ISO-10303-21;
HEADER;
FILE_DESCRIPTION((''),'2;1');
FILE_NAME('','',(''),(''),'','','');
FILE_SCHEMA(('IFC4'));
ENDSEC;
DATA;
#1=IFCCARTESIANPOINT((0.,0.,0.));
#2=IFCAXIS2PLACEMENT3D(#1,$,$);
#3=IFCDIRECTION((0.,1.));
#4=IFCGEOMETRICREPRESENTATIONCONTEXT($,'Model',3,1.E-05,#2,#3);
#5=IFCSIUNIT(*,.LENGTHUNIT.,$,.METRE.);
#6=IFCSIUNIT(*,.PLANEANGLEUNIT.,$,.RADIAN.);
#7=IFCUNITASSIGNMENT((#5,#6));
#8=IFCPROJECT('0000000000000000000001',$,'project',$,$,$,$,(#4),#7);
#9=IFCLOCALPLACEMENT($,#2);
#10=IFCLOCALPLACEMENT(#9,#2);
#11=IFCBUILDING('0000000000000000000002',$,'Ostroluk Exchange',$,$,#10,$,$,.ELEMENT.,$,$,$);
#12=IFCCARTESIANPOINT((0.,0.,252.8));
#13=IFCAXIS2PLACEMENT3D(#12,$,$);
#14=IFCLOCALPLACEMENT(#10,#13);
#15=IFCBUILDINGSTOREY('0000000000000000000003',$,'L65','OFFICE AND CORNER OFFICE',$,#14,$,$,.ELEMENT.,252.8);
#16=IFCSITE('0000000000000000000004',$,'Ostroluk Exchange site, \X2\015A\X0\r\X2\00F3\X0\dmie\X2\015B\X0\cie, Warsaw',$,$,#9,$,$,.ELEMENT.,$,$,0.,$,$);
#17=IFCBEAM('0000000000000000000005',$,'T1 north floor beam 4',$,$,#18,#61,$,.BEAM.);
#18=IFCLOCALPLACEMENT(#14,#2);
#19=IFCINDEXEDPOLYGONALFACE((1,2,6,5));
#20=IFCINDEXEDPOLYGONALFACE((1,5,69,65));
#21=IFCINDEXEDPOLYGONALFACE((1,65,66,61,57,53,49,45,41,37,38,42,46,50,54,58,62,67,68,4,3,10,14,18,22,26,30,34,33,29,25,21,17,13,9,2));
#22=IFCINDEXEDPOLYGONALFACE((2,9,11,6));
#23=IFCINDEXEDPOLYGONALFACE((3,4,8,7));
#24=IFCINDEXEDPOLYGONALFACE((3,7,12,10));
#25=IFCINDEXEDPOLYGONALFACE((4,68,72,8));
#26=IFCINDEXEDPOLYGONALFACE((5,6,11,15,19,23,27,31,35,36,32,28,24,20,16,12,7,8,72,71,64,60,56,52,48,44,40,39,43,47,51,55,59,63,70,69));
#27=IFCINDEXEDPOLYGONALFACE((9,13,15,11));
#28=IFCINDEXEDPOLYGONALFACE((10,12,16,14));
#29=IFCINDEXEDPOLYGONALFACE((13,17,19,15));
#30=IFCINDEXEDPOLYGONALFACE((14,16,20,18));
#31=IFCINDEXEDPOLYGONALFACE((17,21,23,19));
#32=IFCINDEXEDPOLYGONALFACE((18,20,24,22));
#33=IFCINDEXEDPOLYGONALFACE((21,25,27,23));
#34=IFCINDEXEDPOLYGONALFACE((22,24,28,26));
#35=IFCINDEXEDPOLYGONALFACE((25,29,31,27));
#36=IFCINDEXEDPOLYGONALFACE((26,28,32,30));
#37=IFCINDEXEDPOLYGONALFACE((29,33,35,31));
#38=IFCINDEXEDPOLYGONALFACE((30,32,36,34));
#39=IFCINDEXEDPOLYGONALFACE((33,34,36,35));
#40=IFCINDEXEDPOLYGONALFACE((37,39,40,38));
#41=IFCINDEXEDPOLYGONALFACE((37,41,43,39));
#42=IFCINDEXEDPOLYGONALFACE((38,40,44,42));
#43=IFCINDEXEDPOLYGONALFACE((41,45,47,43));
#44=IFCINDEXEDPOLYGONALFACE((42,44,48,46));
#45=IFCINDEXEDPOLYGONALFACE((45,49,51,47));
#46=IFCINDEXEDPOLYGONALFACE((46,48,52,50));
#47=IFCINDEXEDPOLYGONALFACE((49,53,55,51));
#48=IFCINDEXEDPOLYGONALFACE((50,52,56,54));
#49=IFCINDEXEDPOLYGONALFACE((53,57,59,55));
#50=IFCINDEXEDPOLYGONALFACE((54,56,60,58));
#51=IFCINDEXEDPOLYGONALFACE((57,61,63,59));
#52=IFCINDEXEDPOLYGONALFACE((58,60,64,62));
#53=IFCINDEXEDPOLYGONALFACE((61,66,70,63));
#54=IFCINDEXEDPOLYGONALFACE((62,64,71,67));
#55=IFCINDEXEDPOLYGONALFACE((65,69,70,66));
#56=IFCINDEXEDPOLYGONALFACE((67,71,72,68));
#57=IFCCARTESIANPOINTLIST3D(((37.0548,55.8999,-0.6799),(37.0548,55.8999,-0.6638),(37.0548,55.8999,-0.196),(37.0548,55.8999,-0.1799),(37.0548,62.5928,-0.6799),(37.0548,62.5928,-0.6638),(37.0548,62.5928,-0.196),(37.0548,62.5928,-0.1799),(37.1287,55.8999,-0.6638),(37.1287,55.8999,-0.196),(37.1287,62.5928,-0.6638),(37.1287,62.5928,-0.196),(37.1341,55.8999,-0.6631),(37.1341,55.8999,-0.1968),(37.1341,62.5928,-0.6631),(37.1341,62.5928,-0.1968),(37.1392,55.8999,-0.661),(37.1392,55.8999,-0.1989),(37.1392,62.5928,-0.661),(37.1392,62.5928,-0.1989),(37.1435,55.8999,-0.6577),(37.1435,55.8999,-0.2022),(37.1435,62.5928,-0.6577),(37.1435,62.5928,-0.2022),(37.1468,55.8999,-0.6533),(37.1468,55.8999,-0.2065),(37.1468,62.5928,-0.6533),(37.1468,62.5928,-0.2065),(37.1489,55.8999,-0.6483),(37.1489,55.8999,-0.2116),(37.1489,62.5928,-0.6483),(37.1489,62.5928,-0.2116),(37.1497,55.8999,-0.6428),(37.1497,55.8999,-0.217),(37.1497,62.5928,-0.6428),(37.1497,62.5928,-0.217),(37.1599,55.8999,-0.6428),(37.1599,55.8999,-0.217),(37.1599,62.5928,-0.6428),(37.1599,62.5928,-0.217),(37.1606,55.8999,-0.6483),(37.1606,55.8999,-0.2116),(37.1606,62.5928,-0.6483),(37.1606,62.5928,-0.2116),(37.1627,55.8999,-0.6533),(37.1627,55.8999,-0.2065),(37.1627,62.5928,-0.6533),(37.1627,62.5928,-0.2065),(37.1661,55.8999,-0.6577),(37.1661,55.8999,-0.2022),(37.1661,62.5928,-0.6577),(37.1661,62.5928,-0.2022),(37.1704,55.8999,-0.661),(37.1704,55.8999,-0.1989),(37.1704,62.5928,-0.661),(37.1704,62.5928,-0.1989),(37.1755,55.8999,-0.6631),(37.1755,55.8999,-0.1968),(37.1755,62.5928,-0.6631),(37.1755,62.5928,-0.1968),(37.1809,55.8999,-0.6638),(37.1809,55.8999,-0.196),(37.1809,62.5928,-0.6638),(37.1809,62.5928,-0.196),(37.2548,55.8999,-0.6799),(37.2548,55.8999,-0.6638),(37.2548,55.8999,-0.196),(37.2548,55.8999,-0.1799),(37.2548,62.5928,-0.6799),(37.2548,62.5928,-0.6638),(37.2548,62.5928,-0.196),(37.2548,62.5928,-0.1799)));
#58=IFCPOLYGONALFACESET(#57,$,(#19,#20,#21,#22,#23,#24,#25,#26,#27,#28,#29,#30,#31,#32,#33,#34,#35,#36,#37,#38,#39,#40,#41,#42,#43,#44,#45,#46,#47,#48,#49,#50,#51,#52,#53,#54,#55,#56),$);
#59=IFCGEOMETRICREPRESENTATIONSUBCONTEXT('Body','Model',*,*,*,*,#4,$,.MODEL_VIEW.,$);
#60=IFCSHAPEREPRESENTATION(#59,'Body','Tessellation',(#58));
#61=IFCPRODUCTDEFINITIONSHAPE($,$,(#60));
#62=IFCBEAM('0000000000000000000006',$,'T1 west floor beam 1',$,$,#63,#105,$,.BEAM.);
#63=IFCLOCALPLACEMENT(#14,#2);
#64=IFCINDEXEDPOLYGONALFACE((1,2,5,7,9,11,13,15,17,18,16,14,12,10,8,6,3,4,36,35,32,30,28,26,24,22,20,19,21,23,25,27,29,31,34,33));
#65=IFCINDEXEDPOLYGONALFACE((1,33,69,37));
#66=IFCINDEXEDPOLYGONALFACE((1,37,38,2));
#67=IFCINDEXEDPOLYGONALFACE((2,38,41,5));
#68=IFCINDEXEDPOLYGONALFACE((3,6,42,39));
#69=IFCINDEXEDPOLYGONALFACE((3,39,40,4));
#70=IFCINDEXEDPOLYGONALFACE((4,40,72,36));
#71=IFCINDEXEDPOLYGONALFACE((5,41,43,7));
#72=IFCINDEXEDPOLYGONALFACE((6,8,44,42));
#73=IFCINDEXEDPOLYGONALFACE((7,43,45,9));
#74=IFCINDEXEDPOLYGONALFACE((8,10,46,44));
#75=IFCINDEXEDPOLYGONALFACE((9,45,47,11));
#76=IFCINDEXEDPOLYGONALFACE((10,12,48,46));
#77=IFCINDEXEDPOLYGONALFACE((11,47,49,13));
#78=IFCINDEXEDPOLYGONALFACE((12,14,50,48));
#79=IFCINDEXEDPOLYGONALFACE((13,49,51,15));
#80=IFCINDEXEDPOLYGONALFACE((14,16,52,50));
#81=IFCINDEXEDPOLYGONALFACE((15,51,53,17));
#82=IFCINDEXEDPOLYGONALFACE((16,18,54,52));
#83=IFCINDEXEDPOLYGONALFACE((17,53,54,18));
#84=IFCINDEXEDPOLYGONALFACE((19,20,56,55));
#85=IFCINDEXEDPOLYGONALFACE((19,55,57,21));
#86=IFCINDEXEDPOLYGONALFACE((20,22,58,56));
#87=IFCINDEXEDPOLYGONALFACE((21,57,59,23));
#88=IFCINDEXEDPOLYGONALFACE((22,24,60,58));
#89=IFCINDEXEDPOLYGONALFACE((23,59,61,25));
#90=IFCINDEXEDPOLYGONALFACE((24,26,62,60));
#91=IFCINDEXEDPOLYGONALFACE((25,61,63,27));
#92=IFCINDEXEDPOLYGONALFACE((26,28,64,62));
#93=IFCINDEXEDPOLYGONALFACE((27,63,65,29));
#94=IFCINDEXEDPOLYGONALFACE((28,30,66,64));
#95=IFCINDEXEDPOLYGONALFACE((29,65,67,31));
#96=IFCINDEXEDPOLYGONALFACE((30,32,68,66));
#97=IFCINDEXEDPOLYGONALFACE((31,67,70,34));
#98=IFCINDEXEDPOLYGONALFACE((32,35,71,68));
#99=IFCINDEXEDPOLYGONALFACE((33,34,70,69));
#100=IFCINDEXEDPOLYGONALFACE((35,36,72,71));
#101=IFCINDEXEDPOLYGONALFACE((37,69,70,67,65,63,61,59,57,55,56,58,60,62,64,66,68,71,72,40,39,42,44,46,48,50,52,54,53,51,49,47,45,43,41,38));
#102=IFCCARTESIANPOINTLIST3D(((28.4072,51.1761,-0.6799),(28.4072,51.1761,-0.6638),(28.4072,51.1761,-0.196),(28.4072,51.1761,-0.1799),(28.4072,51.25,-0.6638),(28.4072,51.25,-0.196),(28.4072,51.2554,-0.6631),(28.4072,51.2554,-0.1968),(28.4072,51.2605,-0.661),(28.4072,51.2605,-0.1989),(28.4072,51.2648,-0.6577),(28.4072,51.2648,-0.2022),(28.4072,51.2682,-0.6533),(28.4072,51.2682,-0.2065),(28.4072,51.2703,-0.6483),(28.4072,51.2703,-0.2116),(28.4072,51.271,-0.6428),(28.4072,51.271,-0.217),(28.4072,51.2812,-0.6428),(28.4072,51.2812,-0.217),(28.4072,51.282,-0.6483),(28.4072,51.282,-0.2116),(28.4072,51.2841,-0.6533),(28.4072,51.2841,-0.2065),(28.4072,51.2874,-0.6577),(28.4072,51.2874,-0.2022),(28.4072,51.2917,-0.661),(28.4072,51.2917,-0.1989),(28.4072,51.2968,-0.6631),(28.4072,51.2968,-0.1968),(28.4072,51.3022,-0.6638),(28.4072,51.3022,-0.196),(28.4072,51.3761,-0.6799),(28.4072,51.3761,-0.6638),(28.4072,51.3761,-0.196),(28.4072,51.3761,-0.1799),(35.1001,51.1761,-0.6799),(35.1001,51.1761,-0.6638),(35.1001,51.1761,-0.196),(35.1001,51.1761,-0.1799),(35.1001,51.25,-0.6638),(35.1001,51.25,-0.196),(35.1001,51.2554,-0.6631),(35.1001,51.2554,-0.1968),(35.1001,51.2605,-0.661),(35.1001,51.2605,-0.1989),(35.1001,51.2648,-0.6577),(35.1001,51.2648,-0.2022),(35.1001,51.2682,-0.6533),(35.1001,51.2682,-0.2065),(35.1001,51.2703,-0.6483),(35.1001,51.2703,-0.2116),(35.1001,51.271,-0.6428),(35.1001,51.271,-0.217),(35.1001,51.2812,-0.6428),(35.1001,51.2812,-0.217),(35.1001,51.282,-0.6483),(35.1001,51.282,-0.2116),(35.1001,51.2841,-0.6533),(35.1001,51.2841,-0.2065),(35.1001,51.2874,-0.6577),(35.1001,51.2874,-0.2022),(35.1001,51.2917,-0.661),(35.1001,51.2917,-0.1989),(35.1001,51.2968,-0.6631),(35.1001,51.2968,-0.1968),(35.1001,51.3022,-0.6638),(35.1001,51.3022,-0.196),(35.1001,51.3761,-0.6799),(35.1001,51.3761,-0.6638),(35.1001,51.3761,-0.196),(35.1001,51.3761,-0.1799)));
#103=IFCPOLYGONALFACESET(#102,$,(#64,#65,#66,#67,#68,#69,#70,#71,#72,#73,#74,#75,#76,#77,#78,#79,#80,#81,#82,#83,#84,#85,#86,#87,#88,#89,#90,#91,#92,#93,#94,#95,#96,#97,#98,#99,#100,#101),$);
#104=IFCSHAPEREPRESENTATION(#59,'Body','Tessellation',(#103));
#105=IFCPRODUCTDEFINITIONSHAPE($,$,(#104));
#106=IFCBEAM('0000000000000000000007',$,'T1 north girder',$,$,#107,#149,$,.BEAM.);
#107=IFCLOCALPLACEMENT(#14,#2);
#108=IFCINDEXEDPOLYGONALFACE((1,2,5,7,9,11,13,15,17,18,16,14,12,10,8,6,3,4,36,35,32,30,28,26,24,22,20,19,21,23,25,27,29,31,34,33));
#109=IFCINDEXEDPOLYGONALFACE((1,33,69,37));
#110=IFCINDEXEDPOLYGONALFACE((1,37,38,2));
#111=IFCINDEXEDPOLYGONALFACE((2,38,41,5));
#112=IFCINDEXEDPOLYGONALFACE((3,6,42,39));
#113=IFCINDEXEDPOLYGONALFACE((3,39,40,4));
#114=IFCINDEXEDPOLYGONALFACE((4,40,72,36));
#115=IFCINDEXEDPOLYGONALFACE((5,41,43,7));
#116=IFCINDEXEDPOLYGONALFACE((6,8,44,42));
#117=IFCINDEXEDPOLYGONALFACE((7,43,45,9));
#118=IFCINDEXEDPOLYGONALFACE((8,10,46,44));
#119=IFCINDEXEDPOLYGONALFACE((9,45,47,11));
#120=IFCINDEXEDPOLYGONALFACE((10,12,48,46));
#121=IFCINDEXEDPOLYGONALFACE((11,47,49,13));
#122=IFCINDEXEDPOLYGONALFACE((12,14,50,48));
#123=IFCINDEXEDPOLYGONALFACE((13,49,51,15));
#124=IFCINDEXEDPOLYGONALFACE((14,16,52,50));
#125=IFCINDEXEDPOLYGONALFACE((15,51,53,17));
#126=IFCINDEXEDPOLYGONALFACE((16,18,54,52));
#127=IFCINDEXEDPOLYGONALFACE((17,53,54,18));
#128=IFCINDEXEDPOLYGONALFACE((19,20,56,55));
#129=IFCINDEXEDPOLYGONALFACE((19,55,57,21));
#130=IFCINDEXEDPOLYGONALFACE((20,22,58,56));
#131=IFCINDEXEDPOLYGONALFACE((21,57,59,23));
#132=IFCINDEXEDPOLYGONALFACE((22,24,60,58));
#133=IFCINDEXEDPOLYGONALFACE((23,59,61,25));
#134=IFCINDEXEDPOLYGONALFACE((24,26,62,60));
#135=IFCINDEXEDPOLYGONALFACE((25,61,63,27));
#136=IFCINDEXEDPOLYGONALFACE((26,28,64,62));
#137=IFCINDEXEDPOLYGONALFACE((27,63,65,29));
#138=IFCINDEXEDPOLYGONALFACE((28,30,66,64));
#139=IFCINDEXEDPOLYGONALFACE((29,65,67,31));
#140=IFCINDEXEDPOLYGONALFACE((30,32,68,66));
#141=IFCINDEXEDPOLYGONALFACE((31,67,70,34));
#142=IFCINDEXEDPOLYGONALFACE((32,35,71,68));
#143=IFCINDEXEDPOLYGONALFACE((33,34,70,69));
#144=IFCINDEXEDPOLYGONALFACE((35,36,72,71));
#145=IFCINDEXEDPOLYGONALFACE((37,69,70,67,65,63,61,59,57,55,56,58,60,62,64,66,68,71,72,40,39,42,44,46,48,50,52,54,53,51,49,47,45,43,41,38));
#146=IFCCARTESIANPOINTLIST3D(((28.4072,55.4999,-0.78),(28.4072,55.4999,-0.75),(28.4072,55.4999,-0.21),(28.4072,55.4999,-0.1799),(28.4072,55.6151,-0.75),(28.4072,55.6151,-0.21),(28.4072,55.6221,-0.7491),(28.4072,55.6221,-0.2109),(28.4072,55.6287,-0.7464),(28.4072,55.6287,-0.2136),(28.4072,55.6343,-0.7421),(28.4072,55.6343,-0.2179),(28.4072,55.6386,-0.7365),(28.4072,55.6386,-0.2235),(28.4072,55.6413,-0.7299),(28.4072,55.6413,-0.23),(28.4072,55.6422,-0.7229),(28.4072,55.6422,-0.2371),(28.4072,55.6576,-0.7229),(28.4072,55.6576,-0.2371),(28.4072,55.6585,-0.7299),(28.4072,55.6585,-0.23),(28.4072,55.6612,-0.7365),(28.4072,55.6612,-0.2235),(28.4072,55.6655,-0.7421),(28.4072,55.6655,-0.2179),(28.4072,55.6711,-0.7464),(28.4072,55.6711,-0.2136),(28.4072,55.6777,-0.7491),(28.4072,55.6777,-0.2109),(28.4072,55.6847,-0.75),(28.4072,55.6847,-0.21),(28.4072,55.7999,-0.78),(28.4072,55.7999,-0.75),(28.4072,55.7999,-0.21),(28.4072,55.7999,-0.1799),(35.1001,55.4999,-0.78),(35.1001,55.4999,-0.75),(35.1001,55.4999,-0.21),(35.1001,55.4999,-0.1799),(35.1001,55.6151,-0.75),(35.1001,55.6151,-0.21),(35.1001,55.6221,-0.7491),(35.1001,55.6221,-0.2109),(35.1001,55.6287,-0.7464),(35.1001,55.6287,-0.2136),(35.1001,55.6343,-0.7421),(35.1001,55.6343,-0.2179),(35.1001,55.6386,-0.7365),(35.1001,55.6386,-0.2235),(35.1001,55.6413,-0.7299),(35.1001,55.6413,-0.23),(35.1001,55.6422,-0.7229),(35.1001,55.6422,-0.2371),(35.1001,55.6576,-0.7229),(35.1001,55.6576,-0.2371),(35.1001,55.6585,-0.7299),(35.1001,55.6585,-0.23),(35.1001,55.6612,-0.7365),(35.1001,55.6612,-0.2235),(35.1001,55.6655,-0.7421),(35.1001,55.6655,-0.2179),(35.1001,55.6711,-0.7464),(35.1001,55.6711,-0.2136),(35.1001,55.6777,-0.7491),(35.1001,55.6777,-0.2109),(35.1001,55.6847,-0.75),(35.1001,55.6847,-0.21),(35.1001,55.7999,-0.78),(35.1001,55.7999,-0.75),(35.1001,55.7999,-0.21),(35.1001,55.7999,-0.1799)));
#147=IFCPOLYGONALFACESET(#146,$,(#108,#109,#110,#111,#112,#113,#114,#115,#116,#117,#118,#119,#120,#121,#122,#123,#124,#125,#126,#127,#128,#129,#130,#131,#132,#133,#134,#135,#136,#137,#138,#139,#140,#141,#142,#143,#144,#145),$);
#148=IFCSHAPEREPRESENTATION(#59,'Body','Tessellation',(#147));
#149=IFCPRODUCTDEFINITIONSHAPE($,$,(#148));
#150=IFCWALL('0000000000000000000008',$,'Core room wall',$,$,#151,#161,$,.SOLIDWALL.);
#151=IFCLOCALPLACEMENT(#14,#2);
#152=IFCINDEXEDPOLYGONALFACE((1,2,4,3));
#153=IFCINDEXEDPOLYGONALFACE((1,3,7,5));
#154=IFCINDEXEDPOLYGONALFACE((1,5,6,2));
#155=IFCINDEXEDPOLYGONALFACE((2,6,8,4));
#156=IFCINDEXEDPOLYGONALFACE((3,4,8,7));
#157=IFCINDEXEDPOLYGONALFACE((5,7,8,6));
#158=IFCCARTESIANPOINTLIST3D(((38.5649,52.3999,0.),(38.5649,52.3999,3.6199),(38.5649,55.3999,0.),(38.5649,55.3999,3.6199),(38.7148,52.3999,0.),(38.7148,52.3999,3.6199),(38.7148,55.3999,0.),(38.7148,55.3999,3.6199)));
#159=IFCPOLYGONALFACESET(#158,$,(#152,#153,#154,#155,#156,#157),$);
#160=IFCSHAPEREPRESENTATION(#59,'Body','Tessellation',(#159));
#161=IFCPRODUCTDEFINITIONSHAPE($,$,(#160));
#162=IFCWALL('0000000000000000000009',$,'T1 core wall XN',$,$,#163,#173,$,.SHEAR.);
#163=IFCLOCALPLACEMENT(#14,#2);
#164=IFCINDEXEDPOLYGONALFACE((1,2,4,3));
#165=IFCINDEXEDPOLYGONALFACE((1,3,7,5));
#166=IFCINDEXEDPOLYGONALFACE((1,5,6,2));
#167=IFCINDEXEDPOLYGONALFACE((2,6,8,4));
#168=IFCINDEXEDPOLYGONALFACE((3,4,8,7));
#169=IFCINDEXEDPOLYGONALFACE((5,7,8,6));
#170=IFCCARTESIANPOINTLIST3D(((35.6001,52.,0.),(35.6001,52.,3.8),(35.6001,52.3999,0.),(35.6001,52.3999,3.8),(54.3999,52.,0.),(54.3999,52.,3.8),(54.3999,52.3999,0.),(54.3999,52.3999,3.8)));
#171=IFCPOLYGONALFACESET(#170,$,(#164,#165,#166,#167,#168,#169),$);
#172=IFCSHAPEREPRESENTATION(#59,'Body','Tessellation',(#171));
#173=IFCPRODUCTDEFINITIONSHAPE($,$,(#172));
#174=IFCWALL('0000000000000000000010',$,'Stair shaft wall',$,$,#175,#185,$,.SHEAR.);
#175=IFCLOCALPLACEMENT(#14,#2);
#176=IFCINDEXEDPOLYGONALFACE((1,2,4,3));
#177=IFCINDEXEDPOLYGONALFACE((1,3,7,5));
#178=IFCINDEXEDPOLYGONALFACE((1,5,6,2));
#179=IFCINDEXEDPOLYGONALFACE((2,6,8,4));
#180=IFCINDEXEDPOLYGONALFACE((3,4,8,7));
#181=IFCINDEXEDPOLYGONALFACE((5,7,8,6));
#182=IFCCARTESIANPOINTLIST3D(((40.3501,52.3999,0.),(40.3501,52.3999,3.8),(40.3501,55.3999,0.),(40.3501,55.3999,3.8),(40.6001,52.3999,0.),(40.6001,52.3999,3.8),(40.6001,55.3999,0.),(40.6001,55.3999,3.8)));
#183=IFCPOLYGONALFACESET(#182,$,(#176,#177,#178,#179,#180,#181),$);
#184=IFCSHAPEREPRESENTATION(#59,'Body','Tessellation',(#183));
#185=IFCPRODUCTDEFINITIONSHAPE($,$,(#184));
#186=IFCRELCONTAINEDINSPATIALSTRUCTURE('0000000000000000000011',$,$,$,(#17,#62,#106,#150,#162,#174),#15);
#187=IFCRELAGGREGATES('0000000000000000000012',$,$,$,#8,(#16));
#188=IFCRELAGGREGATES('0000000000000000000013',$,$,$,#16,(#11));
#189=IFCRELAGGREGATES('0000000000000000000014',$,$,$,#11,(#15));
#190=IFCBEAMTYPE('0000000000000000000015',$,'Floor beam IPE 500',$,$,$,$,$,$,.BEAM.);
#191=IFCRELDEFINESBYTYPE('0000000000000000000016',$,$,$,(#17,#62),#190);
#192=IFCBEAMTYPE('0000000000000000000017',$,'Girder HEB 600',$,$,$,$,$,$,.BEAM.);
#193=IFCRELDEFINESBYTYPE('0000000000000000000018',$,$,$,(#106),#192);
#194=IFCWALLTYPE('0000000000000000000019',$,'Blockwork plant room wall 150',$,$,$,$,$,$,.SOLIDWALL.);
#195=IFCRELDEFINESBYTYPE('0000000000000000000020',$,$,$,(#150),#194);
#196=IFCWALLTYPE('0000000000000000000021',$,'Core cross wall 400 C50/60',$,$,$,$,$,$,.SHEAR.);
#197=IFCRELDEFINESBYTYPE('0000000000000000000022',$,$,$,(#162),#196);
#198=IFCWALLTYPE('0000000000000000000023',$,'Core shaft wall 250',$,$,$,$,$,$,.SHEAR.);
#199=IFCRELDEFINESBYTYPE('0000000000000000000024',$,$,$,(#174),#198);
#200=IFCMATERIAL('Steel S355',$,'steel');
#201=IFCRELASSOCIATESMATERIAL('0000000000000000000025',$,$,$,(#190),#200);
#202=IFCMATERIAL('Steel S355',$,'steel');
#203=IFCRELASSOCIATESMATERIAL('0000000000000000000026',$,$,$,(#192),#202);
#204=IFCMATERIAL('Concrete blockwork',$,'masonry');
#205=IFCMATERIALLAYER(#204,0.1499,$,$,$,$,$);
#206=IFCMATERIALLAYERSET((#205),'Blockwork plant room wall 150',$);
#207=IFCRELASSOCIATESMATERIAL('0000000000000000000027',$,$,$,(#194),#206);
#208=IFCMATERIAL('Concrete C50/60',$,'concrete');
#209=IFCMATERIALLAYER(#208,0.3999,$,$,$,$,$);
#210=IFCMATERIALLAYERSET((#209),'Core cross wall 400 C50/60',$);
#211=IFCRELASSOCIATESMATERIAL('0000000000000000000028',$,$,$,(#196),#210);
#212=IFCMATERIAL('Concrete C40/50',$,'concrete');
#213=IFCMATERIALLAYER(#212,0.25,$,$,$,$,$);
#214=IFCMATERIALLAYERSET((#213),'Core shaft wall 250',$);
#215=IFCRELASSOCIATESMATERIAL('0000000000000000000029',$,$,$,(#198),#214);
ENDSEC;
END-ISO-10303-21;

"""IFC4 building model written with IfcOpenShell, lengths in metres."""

from ifc_helpers import new_model, si_unit, direction, frame, frame_2d, origin, origin_2d, place, context, subcontext, project, spatial, rectangle, i_section, extrude, material, layer, layer_set, material_profile, profile_set, type_object, element, save


model = new_model("IFC4")

# Units and contexts
model_context = context("Model", 3, precision=1e-05, world=origin(), true_north=direction((0.0, 1.0)))
body_context = subcontext(model_context, "Body", "Model", "MODEL_VIEW")
ifc_project = project(units=[si_unit("LENGTHUNIT", "METRE"), si_unit("PLANEANGLEUNIT", "RADIAN")], contexts=[model_context])

# Site, building, storey
site_placement = place(None, origin())
site = spatial("IfcSite", under=ifc_project, at=site_placement, Name="Ostroluk Exchange site, Śródmieście, Warsaw", CompositionType="ELEMENT", RefElevation=0.0)
building_placement = place(site_placement, origin())
building = spatial("IfcBuilding", under=site, at=building_placement, Name="Ostroluk Exchange", CompositionType="ELEMENT")
storey_placement = place(building_placement, frame((0.0, 0.0, 252.8)))
storey = spatial("IfcBuildingStorey", under=building, at=storey_placement, Name="L65", Description="OFFICE AND CORNER OFFICE", CompositionType="ELEMENT", Elevation=252.8)

# Beams
ifc_material_1 = material(Name="Steel S355", Category="steel")
ifc_material_profile_1 = material_profile(ifc_material_1, i_section(OverallWidth=0.2, OverallDepth=0.5, WebThickness=0.0103, FlangeThickness=0.0161, FilletRadius=0.021, at=origin_2d()), Name="IPE 500")
ifc_profile_set_1 = profile_set([ifc_material_profile_1], Name="Steel S355")
beam_type_1 = type_object("IfcBeamType", Name="Floor beam IPE 500", PredefinedType="BEAM", material=ifc_profile_set_1)
for number, where, z_axis, x_axis, name in (
    (1, (37.1548, 55.8999, -0.4299), (0.0, 1.0, 0.0), (-1.0, 0.0, 0.0), "T1 north floor beam 4"),
    (2, (35.1001, 51.2761, -0.4299), (-1.0, 0.0, 0.0), (0.0, -1.0, 0.0), "T1 west floor beam 1"),
):
    element("IfcBeam", number, at=place(storey_placement, frame(where, z_axis=z_axis, x_axis=x_axis)), inside=storey, type_object=beam_type_1, Name=name, PredefinedType="BEAM", context=body_context, shape_type="SweptSolid", body=[
        extrude(i_section(OverallWidth=0.2, OverallDepth=0.5, WebThickness=0.0103, FlangeThickness=0.0161, FilletRadius=0.021, at=origin_2d()), origin(), (0.0, 0.0, 1.0), 6.6929),
    ])
ifc_material_2 = material(Name="Steel S355", Category="steel")
ifc_material_profile_2 = material_profile(ifc_material_2, i_section(OverallWidth=0.3, OverallDepth=0.6001, WebThickness=0.0154, FlangeThickness=0.03, FilletRadius=0.0271, at=origin_2d()), Name="HEB 600")
ifc_profile_set_2 = profile_set([ifc_material_profile_2], Name="Steel S355")
beam_type_2 = type_object("IfcBeamType", Name="Girder HEB 600", PredefinedType="BEAM", material=ifc_profile_set_2)
beam_placement = place(storey_placement, frame((35.1001, 55.6499, -0.48), z_axis=(-1.0, 0.0, 0.0), x_axis=(0.0, -1.0, 0.0)))
element("IfcBeam", 3, at=beam_placement, inside=storey, type_object=beam_type_2, Name="T1 north girder", PredefinedType="BEAM", context=body_context, shape_type="SweptSolid", body=[
    extrude(i_section(OverallWidth=0.3, OverallDepth=0.6001, WebThickness=0.0154, FlangeThickness=0.03, FilletRadius=0.0271, at=origin_2d()), origin(), (0.0, 0.0, 1.0), 6.6929),
])

# Walls
ifc_material_3 = material(Name="Concrete blockwork", Category="masonry")
ifc_layer_1 = layer(ifc_material_3, 0.1499)
ifc_layer_set_1 = layer_set([ifc_layer_1], Name="Blockwork plant room wall 150")
wall_type_1 = type_object("IfcWallType", Name="Blockwork plant room wall 150", PredefinedType="SOLIDWALL", material=ifc_layer_set_1)
wall_1_placement = place(storey_placement, frame((38.6399, 52.3999, 0.0), z_axis=(0.0, 0.0, 1.0), x_axis=(0.0, 1.0, 0.0)))
element("IfcWall", 4, at=wall_1_placement, inside=storey, type_object=wall_type_1, Name="Core room wall", PredefinedType="SOLIDWALL", context=body_context, shape_type="SweptSolid", body=[
    extrude(rectangle(XDim=3.0, YDim=0.1499, at=frame_2d((1.5, 0.0))), origin(), (0.0, 0.0, 1.0), 3.6199),
])
ifc_material_4 = material(Name="Concrete C50/60", Category="concrete")
ifc_layer_2 = layer(ifc_material_4, 0.3999)
ifc_layer_set_2 = layer_set([ifc_layer_2], Name="Core cross wall 400 C50/60")
wall_type_2 = type_object("IfcWallType", Name="Core cross wall 400 C50/60", PredefinedType="SHEAR", material=ifc_layer_set_2)
wall_2_placement = place(storey_placement, frame((35.6001, 52.2, 0.0), z_axis=(0.0, 0.0, 1.0), x_axis=(1.0, 0.0, 0.0)))
element("IfcWall", 5, at=wall_2_placement, inside=storey, type_object=wall_type_2, Name="T1 core wall XN", PredefinedType="SHEAR", context=body_context, shape_type="SweptSolid", body=[
    extrude(rectangle(XDim=18.7998, YDim=0.3999, at=frame_2d((9.3999, 0.0))), origin(), (0.0, 0.0, 1.0), 3.8),
])
ifc_material_5 = material(Name="Concrete C40/50", Category="concrete")
ifc_layer_3 = layer(ifc_material_5, 0.25)
ifc_layer_set_3 = layer_set([ifc_layer_3], Name="Core shaft wall 250")
wall_type_3 = type_object("IfcWallType", Name="Core shaft wall 250", PredefinedType="SHEAR", material=ifc_layer_set_3)
wall_3_placement = place(storey_placement, frame((40.4751, 52.3999, 0.0), z_axis=(0.0, 0.0, 1.0), x_axis=(0.0, 1.0, 0.0)))
element("IfcWall", 6, at=wall_3_placement, inside=storey, type_object=wall_type_3, Name="Stair shaft wall", PredefinedType="SHEAR", context=body_context, shape_type="SweptSolid", body=[
    extrude(rectangle(XDim=3.0, YDim=0.25, at=frame_2d((1.5, 0.0))), origin(), (0.0, 0.0, 1.0), 3.8),
])

save(model, "model.ifc")
